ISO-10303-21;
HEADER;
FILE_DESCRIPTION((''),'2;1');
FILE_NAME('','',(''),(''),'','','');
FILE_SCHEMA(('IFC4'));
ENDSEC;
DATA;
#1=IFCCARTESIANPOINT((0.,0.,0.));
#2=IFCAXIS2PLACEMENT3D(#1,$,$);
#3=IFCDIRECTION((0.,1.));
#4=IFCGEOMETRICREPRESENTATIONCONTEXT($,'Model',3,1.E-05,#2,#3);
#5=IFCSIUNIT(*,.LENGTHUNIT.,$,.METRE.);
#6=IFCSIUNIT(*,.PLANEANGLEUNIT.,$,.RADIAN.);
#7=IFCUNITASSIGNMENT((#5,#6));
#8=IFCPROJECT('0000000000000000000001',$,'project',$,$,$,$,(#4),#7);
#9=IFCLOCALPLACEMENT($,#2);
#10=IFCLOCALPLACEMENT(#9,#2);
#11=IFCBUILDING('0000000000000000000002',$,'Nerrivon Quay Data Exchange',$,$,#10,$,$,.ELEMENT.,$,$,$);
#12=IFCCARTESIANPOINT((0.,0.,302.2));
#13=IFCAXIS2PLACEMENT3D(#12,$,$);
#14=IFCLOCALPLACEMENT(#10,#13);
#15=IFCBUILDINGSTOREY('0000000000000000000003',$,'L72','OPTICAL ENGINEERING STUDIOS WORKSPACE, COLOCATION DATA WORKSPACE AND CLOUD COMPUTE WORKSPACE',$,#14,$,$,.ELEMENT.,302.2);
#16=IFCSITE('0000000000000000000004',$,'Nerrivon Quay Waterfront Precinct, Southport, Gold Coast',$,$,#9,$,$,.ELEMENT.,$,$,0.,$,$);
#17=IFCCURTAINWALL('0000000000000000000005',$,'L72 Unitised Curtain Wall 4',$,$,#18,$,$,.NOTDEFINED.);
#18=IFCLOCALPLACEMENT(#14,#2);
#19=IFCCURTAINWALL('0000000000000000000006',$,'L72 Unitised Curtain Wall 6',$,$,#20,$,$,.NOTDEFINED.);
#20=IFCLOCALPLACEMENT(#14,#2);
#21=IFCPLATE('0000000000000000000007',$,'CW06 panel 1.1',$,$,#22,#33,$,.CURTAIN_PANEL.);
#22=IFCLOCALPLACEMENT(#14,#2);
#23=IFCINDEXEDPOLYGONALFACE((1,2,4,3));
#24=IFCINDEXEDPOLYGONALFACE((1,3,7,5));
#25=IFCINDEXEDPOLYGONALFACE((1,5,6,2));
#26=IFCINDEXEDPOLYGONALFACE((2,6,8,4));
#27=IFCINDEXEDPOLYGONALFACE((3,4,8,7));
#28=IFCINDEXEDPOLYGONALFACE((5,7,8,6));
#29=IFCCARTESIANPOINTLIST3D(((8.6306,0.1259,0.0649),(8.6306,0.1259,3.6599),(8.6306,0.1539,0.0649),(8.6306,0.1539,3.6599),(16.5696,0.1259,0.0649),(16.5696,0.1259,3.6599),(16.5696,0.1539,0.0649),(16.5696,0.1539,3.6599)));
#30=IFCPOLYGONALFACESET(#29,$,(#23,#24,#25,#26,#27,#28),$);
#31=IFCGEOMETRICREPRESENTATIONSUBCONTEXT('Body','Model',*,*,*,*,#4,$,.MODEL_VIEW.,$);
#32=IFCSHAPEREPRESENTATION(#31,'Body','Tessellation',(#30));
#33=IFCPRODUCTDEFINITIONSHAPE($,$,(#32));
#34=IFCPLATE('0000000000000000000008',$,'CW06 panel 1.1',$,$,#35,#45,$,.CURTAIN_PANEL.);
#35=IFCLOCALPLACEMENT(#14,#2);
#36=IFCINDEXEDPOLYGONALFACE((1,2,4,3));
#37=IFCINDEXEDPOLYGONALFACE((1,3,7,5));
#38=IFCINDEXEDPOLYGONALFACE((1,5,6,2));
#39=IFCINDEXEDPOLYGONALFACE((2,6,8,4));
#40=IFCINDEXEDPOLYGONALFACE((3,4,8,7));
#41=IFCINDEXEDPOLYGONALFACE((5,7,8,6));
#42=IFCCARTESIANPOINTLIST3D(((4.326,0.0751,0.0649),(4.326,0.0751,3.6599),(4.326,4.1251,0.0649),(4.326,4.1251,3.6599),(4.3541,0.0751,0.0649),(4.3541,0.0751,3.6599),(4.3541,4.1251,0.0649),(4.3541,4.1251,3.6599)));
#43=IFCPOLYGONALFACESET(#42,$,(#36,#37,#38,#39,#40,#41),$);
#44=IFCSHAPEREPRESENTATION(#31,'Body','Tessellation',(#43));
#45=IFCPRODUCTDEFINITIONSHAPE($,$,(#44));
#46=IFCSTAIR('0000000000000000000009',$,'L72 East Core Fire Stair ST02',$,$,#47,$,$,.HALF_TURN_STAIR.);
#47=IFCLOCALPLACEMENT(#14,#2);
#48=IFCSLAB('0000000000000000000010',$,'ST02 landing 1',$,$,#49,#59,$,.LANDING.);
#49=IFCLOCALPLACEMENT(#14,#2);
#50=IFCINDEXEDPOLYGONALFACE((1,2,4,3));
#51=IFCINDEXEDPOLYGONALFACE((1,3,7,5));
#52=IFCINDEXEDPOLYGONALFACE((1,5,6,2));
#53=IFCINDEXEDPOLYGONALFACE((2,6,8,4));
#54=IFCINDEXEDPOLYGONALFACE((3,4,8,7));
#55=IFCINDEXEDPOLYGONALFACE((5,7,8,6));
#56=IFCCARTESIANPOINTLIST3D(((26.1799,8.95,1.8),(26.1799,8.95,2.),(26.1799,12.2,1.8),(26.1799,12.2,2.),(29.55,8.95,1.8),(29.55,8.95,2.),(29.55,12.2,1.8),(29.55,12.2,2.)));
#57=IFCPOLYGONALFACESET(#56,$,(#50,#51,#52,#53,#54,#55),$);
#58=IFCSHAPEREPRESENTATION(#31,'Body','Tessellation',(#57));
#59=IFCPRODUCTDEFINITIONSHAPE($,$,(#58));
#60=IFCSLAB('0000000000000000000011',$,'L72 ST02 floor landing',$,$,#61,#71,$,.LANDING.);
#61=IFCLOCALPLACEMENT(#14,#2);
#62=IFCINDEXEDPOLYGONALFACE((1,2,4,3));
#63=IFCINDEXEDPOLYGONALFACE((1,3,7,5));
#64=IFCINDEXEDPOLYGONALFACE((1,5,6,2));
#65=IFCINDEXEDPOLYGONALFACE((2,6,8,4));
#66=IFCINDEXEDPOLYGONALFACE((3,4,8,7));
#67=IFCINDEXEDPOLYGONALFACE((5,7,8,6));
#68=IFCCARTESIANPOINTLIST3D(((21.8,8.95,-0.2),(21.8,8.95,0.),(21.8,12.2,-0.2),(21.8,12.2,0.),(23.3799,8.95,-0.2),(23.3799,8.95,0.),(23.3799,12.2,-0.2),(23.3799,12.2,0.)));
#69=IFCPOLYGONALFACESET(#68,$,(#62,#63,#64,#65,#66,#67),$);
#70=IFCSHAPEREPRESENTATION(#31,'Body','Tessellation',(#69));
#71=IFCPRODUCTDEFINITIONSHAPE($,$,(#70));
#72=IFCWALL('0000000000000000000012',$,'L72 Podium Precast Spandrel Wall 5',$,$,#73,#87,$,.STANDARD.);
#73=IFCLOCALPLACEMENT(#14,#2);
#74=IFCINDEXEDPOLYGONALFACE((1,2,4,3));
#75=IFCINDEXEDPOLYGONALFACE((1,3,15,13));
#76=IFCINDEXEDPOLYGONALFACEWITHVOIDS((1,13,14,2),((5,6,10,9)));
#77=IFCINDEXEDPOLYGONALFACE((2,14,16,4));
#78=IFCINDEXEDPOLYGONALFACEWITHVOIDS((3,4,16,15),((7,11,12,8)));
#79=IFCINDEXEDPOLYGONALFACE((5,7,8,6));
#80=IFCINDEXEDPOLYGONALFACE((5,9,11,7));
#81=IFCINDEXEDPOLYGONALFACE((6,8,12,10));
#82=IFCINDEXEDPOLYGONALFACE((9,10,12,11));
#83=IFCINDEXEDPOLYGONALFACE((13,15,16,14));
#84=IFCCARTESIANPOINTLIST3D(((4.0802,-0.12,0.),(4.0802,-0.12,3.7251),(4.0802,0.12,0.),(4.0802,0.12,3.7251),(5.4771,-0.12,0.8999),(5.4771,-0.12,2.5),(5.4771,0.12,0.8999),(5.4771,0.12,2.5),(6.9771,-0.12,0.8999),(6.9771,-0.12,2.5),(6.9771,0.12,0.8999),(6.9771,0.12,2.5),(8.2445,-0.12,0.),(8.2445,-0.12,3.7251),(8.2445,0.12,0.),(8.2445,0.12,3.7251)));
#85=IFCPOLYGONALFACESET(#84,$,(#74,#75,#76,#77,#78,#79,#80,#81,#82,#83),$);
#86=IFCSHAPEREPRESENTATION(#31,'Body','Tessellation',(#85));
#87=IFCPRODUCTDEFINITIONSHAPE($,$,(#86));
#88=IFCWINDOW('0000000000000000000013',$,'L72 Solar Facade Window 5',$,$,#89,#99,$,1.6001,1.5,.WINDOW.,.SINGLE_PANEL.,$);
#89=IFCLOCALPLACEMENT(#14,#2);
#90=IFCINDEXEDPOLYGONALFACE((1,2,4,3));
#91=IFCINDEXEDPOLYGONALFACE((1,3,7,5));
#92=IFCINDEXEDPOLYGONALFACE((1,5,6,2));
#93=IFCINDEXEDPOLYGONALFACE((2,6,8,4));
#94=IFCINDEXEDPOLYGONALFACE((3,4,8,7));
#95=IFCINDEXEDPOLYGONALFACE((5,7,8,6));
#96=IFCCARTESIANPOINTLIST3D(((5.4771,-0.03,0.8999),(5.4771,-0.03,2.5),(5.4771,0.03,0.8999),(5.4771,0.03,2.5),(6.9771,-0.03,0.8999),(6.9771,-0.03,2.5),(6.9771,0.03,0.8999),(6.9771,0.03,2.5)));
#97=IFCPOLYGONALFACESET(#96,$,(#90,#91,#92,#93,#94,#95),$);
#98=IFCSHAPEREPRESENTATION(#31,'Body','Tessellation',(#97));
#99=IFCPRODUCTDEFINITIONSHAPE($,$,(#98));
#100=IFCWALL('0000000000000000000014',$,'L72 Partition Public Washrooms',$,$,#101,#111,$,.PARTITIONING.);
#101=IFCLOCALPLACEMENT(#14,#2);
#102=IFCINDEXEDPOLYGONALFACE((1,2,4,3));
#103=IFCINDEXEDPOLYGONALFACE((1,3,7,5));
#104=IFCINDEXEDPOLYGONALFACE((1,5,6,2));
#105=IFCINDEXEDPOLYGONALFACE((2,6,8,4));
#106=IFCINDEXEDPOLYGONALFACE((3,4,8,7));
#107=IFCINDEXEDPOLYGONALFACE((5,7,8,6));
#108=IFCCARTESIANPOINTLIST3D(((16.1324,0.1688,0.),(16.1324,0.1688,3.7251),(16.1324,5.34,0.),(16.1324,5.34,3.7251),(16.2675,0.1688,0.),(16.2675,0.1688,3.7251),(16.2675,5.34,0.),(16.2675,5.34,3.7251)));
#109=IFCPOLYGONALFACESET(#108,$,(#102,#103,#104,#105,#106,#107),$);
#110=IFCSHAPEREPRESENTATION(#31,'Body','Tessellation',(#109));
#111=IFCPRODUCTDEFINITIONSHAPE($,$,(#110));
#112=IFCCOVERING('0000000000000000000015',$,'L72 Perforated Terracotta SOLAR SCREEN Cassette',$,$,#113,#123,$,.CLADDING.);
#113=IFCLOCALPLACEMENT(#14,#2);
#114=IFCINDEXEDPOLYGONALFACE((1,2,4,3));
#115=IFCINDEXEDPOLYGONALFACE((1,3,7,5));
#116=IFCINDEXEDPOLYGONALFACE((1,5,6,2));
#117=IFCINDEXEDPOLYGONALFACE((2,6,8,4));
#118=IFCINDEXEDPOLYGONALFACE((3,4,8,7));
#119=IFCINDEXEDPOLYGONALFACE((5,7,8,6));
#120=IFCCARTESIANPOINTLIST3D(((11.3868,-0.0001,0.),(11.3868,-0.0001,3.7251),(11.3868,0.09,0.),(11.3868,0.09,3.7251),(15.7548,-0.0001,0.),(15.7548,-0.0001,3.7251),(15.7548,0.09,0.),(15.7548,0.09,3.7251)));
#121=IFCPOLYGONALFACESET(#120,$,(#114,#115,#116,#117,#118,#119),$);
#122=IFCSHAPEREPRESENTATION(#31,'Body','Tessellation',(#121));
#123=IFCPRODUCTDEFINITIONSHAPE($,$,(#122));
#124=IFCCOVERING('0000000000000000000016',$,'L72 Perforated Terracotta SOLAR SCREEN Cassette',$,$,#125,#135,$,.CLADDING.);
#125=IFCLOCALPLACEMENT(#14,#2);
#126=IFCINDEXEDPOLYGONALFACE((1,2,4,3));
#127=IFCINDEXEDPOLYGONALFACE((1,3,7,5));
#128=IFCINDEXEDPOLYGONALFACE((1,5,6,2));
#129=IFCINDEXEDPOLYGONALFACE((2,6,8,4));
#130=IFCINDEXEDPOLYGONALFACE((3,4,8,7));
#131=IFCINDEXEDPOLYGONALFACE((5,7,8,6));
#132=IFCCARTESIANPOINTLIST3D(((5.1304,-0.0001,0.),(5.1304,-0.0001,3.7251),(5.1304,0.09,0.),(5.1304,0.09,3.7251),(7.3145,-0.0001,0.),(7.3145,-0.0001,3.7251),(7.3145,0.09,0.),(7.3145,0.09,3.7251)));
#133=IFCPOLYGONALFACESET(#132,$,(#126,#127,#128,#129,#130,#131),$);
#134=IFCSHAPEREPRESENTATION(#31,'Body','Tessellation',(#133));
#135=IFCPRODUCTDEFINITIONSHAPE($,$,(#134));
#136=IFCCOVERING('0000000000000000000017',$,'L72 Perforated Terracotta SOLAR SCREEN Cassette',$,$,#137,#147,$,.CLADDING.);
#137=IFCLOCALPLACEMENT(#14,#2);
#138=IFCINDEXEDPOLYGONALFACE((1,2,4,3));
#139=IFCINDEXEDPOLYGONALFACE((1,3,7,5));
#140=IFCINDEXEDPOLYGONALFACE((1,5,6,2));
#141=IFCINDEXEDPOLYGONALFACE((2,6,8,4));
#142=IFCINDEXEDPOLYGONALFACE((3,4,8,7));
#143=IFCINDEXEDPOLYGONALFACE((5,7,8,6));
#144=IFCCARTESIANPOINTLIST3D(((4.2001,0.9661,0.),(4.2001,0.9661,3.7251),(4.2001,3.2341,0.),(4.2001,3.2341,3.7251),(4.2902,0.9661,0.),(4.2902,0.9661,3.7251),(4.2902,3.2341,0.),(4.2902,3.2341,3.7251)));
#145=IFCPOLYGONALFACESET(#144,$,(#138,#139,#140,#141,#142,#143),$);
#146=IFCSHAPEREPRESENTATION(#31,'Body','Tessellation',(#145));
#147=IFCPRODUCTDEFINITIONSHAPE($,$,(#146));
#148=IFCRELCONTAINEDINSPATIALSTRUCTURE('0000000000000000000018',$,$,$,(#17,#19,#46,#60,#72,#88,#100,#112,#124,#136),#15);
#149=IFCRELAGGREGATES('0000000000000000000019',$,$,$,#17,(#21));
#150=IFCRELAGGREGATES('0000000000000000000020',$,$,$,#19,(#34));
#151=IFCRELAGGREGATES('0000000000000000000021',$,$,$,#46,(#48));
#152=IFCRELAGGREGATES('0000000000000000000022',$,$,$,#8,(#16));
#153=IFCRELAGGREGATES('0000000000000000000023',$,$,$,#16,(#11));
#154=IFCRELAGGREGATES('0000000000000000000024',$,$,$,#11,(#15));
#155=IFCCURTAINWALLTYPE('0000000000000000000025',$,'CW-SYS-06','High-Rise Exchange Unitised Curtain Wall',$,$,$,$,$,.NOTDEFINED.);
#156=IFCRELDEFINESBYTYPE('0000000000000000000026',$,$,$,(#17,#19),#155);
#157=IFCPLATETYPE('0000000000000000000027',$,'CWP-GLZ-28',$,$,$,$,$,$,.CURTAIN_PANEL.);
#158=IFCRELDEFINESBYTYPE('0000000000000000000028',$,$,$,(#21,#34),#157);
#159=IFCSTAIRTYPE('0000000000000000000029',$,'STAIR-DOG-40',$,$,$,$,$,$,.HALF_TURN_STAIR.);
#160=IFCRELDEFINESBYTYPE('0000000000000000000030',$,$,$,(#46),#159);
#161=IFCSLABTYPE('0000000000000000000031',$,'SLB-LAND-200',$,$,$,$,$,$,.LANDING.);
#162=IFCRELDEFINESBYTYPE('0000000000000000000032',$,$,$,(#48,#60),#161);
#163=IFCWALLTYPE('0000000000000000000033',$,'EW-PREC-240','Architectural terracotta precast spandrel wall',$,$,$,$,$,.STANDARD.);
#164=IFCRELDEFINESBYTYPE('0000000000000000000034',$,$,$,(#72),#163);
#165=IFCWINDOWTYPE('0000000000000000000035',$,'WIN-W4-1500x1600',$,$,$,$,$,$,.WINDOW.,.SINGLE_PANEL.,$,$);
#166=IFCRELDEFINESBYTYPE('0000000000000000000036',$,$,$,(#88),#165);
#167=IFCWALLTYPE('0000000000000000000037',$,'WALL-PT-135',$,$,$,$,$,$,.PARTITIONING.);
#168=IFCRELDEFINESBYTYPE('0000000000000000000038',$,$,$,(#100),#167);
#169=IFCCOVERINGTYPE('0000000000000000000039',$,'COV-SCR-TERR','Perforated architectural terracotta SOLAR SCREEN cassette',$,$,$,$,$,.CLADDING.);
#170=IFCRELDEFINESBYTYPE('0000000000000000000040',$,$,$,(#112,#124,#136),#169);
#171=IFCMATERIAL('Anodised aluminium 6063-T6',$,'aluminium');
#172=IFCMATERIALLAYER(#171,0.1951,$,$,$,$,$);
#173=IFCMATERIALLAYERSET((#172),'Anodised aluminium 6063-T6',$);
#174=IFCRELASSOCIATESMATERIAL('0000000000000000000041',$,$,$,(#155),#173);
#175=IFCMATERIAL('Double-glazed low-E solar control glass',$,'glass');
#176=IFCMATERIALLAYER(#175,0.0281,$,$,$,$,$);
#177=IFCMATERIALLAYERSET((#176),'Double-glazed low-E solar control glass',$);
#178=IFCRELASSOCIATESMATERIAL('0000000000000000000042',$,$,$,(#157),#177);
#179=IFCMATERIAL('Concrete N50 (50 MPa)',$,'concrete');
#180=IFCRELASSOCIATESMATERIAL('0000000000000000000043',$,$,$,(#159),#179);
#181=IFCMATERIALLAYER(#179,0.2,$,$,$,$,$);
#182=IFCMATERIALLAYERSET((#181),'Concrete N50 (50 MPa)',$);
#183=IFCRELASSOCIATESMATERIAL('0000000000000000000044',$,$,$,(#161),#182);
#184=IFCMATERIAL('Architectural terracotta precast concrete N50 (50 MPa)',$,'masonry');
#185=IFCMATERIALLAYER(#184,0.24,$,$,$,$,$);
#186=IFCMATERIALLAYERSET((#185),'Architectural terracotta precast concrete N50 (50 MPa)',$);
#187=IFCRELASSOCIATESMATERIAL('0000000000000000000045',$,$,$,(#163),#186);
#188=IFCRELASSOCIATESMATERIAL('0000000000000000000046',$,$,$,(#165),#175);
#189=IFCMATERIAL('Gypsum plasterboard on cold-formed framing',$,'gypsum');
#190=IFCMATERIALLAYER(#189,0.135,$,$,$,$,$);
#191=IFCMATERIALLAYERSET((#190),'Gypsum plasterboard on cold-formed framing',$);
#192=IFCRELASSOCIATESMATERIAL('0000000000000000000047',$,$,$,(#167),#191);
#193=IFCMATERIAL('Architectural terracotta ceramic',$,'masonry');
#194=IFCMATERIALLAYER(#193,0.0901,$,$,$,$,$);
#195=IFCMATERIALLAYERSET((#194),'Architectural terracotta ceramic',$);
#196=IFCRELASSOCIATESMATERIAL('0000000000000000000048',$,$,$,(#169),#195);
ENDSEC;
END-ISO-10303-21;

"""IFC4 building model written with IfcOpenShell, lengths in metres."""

from ifc_helpers import new_model, si_unit, direction, frame, frame_2d, origin, origin_2d, place, context, subcontext, project, spatial, polyline, rectangle, outline, extrude, material, layer, layer_set, type_object, element, fill, aggregate, save


model = new_model("IFC4")

# Units and contexts
model_context = context("Model", 3, precision=1e-05, world=origin(), true_north=direction((0.0, 1.0)))
body_context = subcontext(model_context, "Body", "Model", "MODEL_VIEW")
ifc_project = project(units=[si_unit("LENGTHUNIT", "METRE"), si_unit("PLANEANGLEUNIT", "RADIAN")], contexts=[model_context])

# Site, building, storey
site_placement = place(None, origin())
site = spatial("IfcSite", under=ifc_project, at=site_placement, Name="Nerrivon Quay Waterfront Precinct, Southport, Gold Coast", CompositionType="ELEMENT", RefElevation=0.0)
building_placement = place(site_placement, origin())
building = spatial("IfcBuilding", under=site, at=building_placement, Name="Nerrivon Quay Data Exchange", CompositionType="ELEMENT")
storey_placement = place(building_placement, frame((0.0, 0.0, 302.2)))
storey = spatial("IfcBuildingStorey", under=building, at=storey_placement, Name="L72", Description="OPTICAL ENGINEERING STUDIOS WORKSPACE, COLOCATION DATA WORKSPACE AND CLOUD COMPUTE WORKSPACE", CompositionType="ELEMENT", Elevation=302.2)

# Curtain wall
ifc_material_1 = material(Name="Anodised aluminium 6063-T6", Category="aluminium")
ifc_layer_1 = layer(ifc_material_1, 0.1951)
ifc_layer_set_1 = layer_set([ifc_layer_1], Name="Anodised aluminium 6063-T6")
curtain_wall_type = type_object("IfcCurtainWallType", Name="CW-SYS-06", Description="High-Rise Exchange Unitised Curtain Wall", PredefinedType="NOTDEFINED", material=ifc_layer_set_1)
curtain_wall_1_placement = place(storey_placement, origin())
curtain_wall_1 = element("IfcCurtainWall", 1, at=curtain_wall_1_placement, inside=storey, type_object=curtain_wall_type, Name="L72 Unitised Curtain Wall 4", PredefinedType="NOTDEFINED")

# Curtain wall
curtain_wall_2_placement = place(storey_placement, origin())
curtain_wall_2 = element("IfcCurtainWall", 2, at=curtain_wall_2_placement, inside=storey, type_object=curtain_wall_type, Name="L72 Unitised Curtain Wall 6", PredefinedType="NOTDEFINED")

# Plates
ifc_material_2 = material(Name="Double-glazed low-E solar control glass", Category="glass")
ifc_layer_2 = layer(ifc_material_2, 0.0281)
ifc_layer_set_2 = layer_set([ifc_layer_2], Name="Double-glazed low-E solar control glass")
plate_type = type_object("IfcPlateType", Name="CWP-GLZ-28", PredefinedType="CURTAIN_PANEL", material=ifc_layer_set_2)
plate_1_placement = place(storey_placement, frame((12.6001, 0.1399, 0.0649), z_axis=(0.0, 0.0, 1.0), x_axis=(-1.0, 0.0, 0.0)))
plate_1 = element("IfcPlate", 3, at=plate_1_placement, type_object=plate_type, Name="CW06 panel 1.1", PredefinedType="CURTAIN_PANEL", context=body_context, shape_type="SweptSolid", body=[
    extrude(rectangle(XDim=7.939, YDim=0.0281, at=origin_2d()), origin(), (0.0, 0.0, 1.0), 3.595),
])
aggregate(curtain_wall_1, [plate_1])
plate_2_placement = place(storey_placement, frame((4.3401, 2.1001, 0.0649), z_axis=(0.0, 0.0, 1.0), x_axis=(0.0, 1.0, 0.0)))
plate_2 = element("IfcPlate", 4, at=plate_2_placement, type_object=plate_type, Name="CW06 panel 1.1", PredefinedType="CURTAIN_PANEL", context=body_context, shape_type="SweptSolid", body=[
    extrude(rectangle(XDim=4.05, YDim=0.0281, at=origin_2d()), origin(), (0.0, 0.0, 1.0), 3.595),
])
aggregate(curtain_wall_2, [plate_2])

# Stair, slab
ifc_material_3 = material(Name="Concrete N50 (50 MPa)", Category="concrete")
stair_type = type_object("IfcStairType", Name="STAIR-DOG-40", PredefinedType="HALF_TURN_STAIR", material=ifc_material_3)
stair_placement = place(storey_placement, origin())
stair = element("IfcStair", 5, at=stair_placement, inside=storey, type_object=stair_type, Name="L72 East Core Fire Stair ST02", PredefinedType="HALF_TURN_STAIR")
ifc_layer_3 = layer(ifc_material_3, 0.2)
ifc_layer_set_3 = layer_set([ifc_layer_3], Name="Concrete N50 (50 MPa)")
slab_type = type_object("IfcSlabType", Name="SLB-LAND-200", PredefinedType="LANDING", material=ifc_layer_set_3)
slab_1_placement = place(storey_placement, frame((0.0, 0.0, 1.8)))
slab_1 = element("IfcSlab", 6, at=slab_1_placement, type_object=slab_type, Name="ST02 landing 1", PredefinedType="LANDING", context=body_context, shape_type="SweptSolid", body=[
    extrude(outline(polyline([(26.1799, 8.95), (29.55, 8.95), (29.55, 12.2), (26.1799, 12.2), (26.1799, 8.95)])), origin(), (0.0, 0.0, 1.0), 0.2),
])
aggregate(stair, [slab_1])

# Slab
slab_2_placement = place(storey_placement, frame((0.0, 0.0, -0.2)))
element("IfcSlab", 7, at=slab_2_placement, inside=storey, type_object=slab_type, Name="L72 ST02 floor landing", PredefinedType="LANDING", context=body_context, shape_type="SweptSolid", body=[
    extrude(outline(polyline([(21.8, 8.95), (23.3799, 8.95), (23.3799, 12.2), (21.8, 12.2), (21.8, 8.95)])), origin(), (0.0, 0.0, 1.0), 0.2),
])

# Wall, opening, window
ifc_material_4 = material(Name="Architectural terracotta precast concrete N50 (50 MPa)", Category="masonry")
ifc_layer_4 = layer(ifc_material_4, 0.24)
ifc_layer_set_4 = layer_set([ifc_layer_4], Name="Architectural terracotta precast concrete N50 (50 MPa)")
wall_type_1 = type_object("IfcWallType", Name="EW-PREC-240", Description="Architectural terracotta precast spandrel wall", PredefinedType="STANDARD", material=ifc_layer_set_4)
wall_1_placement = place(storey_placement, frame((8.2444, 0.0, 0.0), z_axis=(0.0, 0.0, 1.0), x_axis=(-1.0, 0.0, 0.0)))
wall_1 = element("IfcWall", 8, at=wall_1_placement, inside=storey, type_object=wall_type_1, Name="L72 Podium Precast Spandrel Wall 5", PredefinedType="STANDARD", context=body_context, shape_type="SweptSolid", body=[
    extrude(rectangle(XDim=4.1643, YDim=0.24, at=frame_2d((2.082, 0.0))), origin(), (0.0, 0.0, 1.0), 3.7251),
])
opening_placement = place(wall_1_placement, frame((1.2673, 0.0, 0.8999)))
opening = element("IfcOpeningElement", 9, at=opening_placement, cuts=wall_1, PredefinedType="OPENING", context=body_context, shape_type="SweptSolid", body=[
    extrude(rectangle(XDim=1.5, YDim=1.6001, at=frame_2d((0.75, 0.8))), frame((0.0, 0.1299, 0.0), z_axis=(0.0, -1.0, 0.0), x_axis=(1.0, 0.0, 0.0)), (0.0, 0.0, 1.0), 0.26),
])
window_type = type_object("IfcWindowType", Name="WIN-W4-1500x1600", PartitioningType="SINGLE_PANEL", PredefinedType="WINDOW", material=ifc_material_2)
window_placement = place(opening_placement, origin())
window = element("IfcWindow", 10, at=window_placement, inside=storey, type_object=window_type, Name="L72 Solar Facade Window 5", OverallHeight=1.6001, OverallWidth=1.5, PartitioningType="SINGLE_PANEL", PredefinedType="WINDOW", context=body_context, shape_type="SweptSolid", body=[
    extrude(rectangle(XDim=1.5, YDim=1.6001, at=frame_2d((0.75, 0.8))), frame((0.0, 0.03, 0.0), z_axis=(0.0, -1.0, 0.0), x_axis=(1.0, 0.0, 0.0)), (0.0, 0.0, 1.0), 0.0601),
])
fill(opening, window)

# Wall
ifc_material_5 = material(Name="Gypsum plasterboard on cold-formed framing", Category="gypsum")
ifc_layer_5 = layer(ifc_material_5, 0.135)
ifc_layer_set_5 = layer_set([ifc_layer_5], Name="Gypsum plasterboard on cold-formed framing")
wall_type_2 = type_object("IfcWallType", Name="WALL-PT-135", PredefinedType="PARTITIONING", material=ifc_layer_set_5)
wall_2_placement = place(storey_placement, frame((16.2, 0.1689, 0.0), z_axis=(0.0, 0.0, 1.0), x_axis=(0.0, 1.0, 0.0)))
element("IfcWall", 11, at=wall_2_placement, inside=storey, type_object=wall_type_2, Name="L72 Partition Public Washrooms", PredefinedType="PARTITIONING", context=body_context, shape_type="SweptSolid", body=[
    extrude(rectangle(XDim=5.1711, YDim=0.135, at=frame_2d((2.5854, 0.0))), origin(), (0.0, 0.0, 1.0), 3.7251),
])

# Coverings
ifc_material_6 = material(Name="Architectural terracotta ceramic", Category="masonry")
ifc_layer_6 = layer(ifc_material_6, 0.0901)
ifc_layer_set_6 = layer_set([ifc_layer_6], Name="Architectural terracotta ceramic")
covering_type = type_object("IfcCoveringType", Name="COV-SCR-TERR", Description="Perforated architectural terracotta SOLAR SCREEN cassette", PredefinedType="CLADDING", material=ifc_layer_set_6)
covering_1_placement = place(storey_placement, frame((13.5708, 0.0449, 0.0), z_axis=(0.0, 0.0, 1.0), x_axis=(-1.0, 0.0, 0.0)))
element("IfcCovering", 12, at=covering_1_placement, inside=storey, type_object=covering_type, Name="L72 Perforated Terracotta SOLAR SCREEN Cassette", PredefinedType="CLADDING", context=body_context, shape_type="SweptSolid", body=[
    extrude(rectangle(XDim=4.3679, YDim=0.0901, at=origin_2d()), origin(), (0.0, 0.0, 1.0), 3.7251),
])
covering_2_placement = place(storey_placement, frame((6.2224, 0.0449, 0.0), z_axis=(0.0, 0.0, 1.0), x_axis=(-1.0, 0.0, 0.0)))
element("IfcCovering", 13, at=covering_2_placement, inside=storey, type_object=covering_type, Name="L72 Perforated Terracotta SOLAR SCREEN Cassette", PredefinedType="CLADDING", context=body_context, shape_type="SweptSolid", body=[
    extrude(rectangle(XDim=2.1841, YDim=0.0901, at=origin_2d()), origin(), (0.0, 0.0, 1.0), 3.7251),
])
covering_3_placement = place(storey_placement, frame((4.2451, 2.1001, 0.0), z_axis=(0.0, 0.0, 1.0), x_axis=(0.0, 1.0, 0.0)))
element("IfcCovering", 14, at=covering_3_placement, inside=storey, type_object=covering_type, Name="L72 Perforated Terracotta SOLAR SCREEN Cassette", PredefinedType="CLADDING", context=body_context, shape_type="SweptSolid", body=[
    extrude(rectangle(XDim=2.2681, YDim=0.0901, at=origin_2d()), origin(), (0.0, 0.0, 1.0), 3.7251),
])

save(model, "model.ifc")
